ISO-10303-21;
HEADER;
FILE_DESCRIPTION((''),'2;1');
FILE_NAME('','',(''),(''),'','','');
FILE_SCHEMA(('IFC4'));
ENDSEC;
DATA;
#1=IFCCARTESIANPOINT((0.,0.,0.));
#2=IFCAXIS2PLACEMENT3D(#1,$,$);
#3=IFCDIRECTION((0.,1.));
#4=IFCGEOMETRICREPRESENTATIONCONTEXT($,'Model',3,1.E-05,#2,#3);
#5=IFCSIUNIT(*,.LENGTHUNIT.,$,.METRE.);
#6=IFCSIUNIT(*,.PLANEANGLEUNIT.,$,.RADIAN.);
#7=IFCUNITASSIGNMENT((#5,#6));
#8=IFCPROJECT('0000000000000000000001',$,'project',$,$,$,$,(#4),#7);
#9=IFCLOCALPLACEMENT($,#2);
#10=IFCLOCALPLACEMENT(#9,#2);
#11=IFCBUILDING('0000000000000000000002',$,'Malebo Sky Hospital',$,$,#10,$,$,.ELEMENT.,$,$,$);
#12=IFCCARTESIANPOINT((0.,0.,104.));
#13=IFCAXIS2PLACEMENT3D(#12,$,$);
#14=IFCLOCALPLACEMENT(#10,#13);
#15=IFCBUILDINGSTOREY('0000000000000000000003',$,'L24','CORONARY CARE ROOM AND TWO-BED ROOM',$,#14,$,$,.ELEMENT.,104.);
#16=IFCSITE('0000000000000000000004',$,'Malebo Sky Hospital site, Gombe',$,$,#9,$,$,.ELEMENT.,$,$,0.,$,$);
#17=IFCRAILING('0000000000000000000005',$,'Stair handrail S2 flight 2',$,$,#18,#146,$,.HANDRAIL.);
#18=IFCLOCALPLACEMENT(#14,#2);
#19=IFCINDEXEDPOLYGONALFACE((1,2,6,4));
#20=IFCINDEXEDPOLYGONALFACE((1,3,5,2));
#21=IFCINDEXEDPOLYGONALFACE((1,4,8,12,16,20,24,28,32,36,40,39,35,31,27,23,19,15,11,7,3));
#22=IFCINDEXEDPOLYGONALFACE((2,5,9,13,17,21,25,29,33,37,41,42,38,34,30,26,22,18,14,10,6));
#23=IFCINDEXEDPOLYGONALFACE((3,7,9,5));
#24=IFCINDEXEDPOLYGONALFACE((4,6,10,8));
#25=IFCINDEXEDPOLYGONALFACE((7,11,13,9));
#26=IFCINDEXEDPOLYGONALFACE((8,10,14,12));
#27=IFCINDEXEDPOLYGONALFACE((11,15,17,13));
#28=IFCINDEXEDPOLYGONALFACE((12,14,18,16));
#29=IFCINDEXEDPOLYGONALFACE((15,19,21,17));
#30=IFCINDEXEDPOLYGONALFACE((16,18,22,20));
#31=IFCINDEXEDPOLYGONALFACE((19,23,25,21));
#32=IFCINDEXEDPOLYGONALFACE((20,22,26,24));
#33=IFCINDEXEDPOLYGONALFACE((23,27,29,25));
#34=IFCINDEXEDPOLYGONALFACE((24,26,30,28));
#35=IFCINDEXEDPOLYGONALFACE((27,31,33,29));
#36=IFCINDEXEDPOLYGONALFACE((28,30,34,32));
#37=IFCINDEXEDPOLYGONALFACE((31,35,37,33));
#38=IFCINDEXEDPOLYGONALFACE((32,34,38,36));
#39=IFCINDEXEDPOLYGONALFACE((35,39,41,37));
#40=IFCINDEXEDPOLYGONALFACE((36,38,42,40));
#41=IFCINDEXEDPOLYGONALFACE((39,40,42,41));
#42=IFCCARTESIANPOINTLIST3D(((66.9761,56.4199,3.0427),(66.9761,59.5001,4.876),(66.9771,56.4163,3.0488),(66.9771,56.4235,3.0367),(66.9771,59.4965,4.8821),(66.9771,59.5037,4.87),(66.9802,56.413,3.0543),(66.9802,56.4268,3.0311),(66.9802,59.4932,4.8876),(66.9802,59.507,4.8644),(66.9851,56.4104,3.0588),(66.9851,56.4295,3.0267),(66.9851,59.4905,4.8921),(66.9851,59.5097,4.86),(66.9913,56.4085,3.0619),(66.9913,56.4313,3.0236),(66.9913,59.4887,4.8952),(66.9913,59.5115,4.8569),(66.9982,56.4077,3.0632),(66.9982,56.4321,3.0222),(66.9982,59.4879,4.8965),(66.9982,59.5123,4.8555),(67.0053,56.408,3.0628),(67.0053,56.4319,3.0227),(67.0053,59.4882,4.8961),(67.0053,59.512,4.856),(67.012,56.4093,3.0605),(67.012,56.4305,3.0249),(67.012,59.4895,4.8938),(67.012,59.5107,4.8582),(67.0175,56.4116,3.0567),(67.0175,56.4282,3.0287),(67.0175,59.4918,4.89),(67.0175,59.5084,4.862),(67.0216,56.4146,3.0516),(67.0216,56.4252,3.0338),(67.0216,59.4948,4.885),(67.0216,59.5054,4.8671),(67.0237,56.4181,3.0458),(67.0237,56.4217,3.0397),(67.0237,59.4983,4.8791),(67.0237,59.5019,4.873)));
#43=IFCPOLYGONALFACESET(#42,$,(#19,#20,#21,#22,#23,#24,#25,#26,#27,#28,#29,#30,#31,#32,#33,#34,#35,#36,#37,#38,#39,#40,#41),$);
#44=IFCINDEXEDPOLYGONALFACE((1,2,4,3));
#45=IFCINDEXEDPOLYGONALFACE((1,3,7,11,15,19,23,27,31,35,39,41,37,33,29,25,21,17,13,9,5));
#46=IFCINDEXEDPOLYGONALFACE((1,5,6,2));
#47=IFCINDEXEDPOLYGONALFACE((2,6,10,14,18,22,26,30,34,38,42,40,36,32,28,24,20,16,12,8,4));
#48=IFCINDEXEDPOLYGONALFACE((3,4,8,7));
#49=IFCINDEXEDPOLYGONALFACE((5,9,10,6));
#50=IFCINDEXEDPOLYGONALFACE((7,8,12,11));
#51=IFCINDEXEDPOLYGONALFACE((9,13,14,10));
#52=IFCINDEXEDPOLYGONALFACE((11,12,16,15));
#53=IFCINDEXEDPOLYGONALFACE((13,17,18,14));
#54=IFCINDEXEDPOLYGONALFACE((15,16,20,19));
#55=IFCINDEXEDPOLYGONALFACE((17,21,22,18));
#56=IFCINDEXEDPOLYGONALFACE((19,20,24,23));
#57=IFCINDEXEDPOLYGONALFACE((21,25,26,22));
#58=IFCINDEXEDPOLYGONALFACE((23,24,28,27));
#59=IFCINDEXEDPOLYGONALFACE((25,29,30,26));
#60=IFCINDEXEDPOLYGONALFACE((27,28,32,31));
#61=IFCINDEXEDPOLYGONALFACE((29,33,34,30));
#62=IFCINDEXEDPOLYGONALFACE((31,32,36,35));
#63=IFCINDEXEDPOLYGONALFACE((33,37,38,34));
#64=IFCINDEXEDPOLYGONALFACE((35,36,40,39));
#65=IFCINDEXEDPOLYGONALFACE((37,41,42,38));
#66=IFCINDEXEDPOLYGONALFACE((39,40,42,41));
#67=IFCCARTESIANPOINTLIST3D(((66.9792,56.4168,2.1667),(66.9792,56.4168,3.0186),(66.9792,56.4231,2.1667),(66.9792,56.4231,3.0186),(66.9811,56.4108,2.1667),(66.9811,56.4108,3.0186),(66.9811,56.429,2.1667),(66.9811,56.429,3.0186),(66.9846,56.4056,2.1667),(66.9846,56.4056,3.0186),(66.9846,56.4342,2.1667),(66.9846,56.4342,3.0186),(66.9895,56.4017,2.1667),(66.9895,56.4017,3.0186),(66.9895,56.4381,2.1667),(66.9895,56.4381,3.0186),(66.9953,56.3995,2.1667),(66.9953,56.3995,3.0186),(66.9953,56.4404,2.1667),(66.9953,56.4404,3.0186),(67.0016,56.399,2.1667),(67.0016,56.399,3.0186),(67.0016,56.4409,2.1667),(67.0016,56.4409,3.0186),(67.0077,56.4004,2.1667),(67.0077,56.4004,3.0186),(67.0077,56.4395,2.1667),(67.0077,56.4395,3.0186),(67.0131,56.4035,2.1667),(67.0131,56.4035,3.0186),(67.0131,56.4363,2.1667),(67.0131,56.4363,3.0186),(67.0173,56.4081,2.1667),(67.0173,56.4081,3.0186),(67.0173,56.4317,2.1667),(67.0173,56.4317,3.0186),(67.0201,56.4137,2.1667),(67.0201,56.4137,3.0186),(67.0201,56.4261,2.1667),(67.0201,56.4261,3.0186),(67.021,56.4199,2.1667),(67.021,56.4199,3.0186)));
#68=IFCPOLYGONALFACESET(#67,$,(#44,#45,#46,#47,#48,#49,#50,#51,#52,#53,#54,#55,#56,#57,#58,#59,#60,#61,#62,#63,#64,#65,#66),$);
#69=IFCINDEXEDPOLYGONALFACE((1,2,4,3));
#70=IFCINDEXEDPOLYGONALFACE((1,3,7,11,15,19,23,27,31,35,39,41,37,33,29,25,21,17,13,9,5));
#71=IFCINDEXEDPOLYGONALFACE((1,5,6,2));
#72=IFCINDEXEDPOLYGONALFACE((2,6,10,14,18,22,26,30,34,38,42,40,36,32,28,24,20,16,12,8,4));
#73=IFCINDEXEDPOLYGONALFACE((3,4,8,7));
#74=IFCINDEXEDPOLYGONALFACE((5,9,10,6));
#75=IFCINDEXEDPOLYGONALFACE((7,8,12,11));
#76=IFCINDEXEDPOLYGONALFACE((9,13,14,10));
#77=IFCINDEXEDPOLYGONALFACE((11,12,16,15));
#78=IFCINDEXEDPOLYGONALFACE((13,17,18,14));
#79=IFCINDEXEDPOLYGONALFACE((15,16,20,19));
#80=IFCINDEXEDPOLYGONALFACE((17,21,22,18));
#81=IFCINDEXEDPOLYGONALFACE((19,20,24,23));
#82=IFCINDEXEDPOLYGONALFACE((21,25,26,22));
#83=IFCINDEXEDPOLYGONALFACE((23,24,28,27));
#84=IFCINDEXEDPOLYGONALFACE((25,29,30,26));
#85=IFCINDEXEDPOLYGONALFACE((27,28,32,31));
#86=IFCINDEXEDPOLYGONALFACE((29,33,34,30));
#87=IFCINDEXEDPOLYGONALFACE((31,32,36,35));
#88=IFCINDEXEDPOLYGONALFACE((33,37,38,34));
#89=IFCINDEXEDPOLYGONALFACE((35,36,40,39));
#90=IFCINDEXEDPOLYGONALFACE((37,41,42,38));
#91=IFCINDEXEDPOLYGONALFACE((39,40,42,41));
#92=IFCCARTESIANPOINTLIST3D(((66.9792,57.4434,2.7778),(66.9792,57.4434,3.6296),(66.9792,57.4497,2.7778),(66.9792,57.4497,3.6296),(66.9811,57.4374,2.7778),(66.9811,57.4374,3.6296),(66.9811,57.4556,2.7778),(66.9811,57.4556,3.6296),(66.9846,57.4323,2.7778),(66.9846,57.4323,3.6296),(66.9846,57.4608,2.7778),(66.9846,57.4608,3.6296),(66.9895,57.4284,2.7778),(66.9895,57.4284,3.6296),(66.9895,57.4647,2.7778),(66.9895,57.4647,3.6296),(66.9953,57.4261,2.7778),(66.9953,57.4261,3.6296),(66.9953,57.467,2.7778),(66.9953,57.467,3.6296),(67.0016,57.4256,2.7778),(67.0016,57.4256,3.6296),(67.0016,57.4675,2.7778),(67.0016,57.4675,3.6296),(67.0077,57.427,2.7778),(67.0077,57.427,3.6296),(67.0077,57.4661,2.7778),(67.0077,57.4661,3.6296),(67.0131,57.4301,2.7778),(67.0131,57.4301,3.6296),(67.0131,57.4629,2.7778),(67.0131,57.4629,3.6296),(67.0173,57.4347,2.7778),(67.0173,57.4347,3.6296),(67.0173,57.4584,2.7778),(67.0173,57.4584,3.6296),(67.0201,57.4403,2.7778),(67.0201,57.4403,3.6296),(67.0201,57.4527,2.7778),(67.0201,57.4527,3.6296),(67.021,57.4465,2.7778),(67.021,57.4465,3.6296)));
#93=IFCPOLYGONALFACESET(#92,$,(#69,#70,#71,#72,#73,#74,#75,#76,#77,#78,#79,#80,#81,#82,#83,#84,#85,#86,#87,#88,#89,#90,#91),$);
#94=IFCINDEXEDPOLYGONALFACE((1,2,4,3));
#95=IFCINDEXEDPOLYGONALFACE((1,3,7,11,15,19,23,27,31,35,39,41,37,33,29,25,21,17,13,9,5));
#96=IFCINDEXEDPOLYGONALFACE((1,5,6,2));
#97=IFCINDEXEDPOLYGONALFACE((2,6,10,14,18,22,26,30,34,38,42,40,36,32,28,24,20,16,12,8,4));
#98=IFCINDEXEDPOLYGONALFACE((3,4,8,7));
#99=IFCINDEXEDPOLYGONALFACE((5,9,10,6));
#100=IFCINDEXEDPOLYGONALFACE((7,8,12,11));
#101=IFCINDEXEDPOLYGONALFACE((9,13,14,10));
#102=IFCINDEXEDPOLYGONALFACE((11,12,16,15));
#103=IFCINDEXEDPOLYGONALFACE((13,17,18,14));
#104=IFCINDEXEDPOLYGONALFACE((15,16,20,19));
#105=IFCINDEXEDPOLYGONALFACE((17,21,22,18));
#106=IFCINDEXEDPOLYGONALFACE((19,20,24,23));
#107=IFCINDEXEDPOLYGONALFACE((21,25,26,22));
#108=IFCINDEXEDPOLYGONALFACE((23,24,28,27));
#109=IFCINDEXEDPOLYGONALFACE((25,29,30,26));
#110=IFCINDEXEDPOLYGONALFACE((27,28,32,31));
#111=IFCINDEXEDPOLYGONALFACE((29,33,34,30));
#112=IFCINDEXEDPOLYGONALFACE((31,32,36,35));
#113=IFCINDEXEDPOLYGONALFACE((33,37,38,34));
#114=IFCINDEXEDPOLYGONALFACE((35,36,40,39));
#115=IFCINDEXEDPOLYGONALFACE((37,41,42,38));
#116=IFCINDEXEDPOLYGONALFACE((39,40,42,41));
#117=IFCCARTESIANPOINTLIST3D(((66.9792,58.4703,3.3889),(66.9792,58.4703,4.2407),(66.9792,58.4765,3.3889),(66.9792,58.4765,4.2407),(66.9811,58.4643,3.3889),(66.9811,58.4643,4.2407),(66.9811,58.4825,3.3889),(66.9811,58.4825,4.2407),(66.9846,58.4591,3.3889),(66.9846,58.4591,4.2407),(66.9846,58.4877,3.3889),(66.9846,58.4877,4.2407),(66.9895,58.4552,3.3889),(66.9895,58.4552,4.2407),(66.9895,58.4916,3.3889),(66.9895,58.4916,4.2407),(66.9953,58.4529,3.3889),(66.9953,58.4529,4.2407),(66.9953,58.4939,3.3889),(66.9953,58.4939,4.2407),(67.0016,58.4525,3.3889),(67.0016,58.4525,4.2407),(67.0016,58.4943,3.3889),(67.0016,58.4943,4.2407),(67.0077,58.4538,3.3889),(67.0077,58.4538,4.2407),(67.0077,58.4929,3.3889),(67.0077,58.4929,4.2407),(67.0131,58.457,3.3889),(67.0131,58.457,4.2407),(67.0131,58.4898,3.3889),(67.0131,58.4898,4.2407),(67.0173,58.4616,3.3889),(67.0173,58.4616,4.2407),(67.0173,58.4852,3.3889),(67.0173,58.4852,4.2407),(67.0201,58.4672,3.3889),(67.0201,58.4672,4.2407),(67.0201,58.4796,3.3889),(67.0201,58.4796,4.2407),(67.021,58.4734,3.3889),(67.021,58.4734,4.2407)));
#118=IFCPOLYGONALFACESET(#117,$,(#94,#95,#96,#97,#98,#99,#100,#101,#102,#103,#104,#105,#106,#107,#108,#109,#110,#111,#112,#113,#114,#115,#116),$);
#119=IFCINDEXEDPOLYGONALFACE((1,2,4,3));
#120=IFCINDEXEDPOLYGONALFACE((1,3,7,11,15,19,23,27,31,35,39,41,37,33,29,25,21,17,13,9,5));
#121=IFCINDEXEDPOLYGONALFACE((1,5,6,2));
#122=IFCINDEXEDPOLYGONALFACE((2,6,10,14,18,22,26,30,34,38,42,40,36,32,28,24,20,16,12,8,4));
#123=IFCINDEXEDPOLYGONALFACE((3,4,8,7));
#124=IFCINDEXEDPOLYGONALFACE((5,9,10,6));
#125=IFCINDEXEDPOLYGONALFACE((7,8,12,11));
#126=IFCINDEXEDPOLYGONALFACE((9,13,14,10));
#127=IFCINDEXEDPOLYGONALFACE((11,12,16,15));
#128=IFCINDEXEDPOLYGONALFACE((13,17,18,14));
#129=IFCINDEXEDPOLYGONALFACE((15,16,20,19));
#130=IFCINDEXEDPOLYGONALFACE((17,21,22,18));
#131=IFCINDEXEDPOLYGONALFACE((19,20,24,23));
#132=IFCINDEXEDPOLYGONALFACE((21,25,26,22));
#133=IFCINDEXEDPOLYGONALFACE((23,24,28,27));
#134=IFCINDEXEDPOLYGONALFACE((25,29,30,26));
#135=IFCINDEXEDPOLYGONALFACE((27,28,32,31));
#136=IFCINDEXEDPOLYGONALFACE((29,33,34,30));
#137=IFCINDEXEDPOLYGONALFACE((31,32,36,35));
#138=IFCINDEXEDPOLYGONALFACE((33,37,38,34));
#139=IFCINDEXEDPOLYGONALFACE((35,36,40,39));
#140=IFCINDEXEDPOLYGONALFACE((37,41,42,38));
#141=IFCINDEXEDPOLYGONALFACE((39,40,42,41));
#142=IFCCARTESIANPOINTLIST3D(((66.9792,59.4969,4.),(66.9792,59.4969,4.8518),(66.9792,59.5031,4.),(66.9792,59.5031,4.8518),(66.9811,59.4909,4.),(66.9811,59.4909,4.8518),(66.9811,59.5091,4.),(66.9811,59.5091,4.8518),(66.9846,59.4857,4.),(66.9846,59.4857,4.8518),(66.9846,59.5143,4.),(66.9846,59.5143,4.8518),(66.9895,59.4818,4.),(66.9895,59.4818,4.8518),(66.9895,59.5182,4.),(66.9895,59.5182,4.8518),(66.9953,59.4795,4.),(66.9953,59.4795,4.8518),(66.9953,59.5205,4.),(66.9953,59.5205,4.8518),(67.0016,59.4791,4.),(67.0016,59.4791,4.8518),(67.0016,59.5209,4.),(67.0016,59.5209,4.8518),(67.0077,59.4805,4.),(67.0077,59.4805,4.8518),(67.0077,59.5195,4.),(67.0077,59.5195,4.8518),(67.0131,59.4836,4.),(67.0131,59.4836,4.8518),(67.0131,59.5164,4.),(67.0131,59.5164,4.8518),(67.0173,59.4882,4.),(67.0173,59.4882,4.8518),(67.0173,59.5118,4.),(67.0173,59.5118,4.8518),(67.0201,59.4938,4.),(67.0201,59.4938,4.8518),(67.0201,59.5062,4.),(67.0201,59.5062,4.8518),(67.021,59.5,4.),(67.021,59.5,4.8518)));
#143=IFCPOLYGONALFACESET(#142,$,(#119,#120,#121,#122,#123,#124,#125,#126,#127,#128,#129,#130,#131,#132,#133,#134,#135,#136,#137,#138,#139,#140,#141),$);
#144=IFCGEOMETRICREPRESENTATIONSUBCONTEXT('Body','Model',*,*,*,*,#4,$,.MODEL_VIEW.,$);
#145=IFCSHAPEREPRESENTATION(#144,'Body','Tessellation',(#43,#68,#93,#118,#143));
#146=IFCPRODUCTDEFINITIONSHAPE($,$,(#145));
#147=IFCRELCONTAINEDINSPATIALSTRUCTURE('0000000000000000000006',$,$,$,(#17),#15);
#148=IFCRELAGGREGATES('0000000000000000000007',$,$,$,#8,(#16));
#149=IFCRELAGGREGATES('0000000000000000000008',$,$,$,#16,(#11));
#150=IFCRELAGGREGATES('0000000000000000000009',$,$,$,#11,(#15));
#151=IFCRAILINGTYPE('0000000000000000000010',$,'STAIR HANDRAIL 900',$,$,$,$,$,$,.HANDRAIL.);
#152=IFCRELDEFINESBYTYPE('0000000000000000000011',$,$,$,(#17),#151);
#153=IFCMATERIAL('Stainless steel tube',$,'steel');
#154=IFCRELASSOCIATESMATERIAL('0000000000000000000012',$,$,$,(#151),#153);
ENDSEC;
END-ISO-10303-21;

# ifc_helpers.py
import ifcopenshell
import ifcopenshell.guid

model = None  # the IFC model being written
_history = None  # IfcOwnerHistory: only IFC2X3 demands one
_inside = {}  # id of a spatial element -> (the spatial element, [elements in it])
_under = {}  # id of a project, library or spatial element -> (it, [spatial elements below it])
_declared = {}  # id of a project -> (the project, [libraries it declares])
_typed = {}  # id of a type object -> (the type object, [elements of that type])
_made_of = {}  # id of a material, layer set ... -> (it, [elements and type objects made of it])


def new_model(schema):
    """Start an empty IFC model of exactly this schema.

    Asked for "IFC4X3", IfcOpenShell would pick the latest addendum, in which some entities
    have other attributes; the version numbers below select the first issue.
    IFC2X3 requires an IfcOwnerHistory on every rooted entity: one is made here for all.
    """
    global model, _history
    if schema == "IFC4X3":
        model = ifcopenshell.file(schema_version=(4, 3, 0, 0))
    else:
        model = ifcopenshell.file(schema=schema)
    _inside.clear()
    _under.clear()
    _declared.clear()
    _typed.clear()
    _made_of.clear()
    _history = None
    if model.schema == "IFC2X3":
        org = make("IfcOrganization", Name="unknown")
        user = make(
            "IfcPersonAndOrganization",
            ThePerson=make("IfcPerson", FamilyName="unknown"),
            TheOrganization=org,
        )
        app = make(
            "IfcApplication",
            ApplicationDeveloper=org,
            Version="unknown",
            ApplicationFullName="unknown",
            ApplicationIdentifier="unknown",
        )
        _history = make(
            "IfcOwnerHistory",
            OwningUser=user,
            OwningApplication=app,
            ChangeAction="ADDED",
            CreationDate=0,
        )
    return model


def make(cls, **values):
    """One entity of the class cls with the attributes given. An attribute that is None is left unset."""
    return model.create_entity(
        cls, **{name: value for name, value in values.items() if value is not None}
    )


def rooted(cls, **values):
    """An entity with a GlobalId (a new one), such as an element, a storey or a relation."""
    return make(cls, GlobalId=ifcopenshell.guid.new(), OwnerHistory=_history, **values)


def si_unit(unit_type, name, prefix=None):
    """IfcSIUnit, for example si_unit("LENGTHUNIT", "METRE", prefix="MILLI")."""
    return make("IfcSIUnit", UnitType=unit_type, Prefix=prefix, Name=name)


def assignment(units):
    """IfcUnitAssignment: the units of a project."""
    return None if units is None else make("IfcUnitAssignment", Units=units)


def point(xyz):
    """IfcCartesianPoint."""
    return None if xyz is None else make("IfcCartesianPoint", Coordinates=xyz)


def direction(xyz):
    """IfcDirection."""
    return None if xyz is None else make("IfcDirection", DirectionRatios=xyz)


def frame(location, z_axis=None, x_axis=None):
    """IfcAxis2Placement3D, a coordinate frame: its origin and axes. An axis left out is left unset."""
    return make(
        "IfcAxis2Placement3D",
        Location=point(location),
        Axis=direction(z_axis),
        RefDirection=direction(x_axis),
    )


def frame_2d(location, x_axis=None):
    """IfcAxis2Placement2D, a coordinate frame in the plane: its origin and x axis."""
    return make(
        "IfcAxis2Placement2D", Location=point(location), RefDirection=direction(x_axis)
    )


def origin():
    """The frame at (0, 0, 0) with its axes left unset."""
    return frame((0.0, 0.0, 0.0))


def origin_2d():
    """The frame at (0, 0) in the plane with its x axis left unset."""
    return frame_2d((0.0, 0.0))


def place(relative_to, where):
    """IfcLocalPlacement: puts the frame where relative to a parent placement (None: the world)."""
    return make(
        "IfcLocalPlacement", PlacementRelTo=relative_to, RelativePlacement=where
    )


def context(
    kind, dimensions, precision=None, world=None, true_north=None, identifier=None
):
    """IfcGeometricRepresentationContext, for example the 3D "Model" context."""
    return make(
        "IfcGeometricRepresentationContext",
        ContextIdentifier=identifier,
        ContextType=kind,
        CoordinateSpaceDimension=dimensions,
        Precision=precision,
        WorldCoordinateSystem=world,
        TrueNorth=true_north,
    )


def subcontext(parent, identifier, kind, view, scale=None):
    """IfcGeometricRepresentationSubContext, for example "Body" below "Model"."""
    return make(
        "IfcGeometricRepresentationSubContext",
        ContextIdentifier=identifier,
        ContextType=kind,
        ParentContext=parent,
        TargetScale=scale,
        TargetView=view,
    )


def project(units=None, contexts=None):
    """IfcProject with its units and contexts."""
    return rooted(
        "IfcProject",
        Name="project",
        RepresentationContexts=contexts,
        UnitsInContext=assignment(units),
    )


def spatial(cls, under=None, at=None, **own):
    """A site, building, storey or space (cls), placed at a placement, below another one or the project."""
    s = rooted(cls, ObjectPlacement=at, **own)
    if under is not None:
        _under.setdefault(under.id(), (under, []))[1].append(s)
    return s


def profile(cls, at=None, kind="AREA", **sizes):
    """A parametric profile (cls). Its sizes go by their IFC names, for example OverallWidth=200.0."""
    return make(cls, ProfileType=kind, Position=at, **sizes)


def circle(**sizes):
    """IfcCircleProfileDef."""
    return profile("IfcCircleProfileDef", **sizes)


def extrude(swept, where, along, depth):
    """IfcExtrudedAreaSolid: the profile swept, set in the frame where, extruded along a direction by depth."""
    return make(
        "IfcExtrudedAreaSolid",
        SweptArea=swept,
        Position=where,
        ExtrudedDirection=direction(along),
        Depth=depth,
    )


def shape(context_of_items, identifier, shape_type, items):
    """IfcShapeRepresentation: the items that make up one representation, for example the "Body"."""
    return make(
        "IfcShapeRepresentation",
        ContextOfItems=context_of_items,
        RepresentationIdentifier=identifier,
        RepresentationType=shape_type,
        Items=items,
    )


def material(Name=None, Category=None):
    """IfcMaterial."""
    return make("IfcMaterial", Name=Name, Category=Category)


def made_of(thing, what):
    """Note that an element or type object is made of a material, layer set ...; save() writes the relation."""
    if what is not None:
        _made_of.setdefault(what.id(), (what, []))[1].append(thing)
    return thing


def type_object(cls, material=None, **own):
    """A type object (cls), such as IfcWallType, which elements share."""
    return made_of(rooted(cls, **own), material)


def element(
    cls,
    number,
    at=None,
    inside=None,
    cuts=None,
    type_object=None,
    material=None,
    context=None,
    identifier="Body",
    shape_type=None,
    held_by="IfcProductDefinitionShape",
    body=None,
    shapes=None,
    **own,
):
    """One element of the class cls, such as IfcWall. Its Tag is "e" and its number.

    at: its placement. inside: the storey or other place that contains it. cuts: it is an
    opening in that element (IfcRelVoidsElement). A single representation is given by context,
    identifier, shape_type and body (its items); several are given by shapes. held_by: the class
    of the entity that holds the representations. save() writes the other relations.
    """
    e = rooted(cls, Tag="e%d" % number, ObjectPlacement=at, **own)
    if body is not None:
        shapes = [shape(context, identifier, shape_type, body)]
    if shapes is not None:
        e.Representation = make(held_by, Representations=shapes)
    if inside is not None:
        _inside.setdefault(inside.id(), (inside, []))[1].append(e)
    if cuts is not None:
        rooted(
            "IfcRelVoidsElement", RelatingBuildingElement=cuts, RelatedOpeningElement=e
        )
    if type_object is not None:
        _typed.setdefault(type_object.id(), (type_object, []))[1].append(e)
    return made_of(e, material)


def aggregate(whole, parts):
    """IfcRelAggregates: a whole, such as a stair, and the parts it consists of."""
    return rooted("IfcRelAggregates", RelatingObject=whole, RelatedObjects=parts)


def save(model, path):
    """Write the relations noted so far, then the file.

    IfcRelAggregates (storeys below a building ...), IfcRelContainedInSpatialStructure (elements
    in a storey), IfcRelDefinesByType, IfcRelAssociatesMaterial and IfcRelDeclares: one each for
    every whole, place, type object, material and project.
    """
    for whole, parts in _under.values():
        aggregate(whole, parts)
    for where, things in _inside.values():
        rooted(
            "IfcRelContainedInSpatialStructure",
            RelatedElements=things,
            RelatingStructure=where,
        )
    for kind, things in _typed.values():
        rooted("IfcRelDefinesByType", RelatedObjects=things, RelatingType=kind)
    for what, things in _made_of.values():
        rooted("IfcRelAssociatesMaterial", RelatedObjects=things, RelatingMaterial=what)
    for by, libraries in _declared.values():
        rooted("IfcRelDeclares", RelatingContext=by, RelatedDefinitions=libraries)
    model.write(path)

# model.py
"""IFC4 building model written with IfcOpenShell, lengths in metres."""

from ifc_helpers import new_model, si_unit, direction, frame, origin, origin_2d, place, context, subcontext, project, spatial, circle, extrude, material, type_object, element, save


model = new_model("IFC4")

# Units and contexts
model_context = context("Model", 3, precision=1e-05, world=origin(), true_north=direction((0.0, 1.0)))
body_context = subcontext(model_context, "Body", "Model", "MODEL_VIEW")
ifc_project = project(units=[si_unit("LENGTHUNIT", "METRE"), si_unit("PLANEANGLEUNIT", "RADIAN")], contexts=[model_context])

# Site, building, storey
site_placement = place(None, origin())
site = spatial("IfcSite", under=ifc_project, at=site_placement, Name="Malebo Sky Hospital site, Gombe", CompositionType="ELEMENT", RefElevation=0.0)
building_placement = place(site_placement, origin())
building = spatial("IfcBuilding", under=site, at=building_placement, Name="Malebo Sky Hospital", CompositionType="ELEMENT")
storey_placement = place(building_placement, frame((0.0, 0.0, 104.0)))
storey = spatial("IfcBuildingStorey", under=building, at=storey_placement, Name="L24", Description="CORONARY CARE ROOM AND TWO-BED ROOM", CompositionType="ELEMENT", Elevation=104.0)

# Railing
ifc_material_1 = material(Name="Stainless steel tube", Category="steel")
railing_type = type_object("IfcRailingType", Name="STAIR HANDRAIL 900", PredefinedType="HANDRAIL", material=ifc_material_1)
railing_1_placement = place(storey_placement, frame((67.0, 56.4199, 2.1667)))
element("IfcRailing", 1, at=railing_1_placement, inside=storey, type_object=railing_type, Name="Stair handrail S2 flight 2", PredefinedType="HANDRAIL", context=body_context, shape_type="SweptSolid", body=[
    extrude(circle(Radius=0.0239, at=origin_2d()), frame((0.0, 0.0, 0.876), z_axis=(0.0, 0.859309, 0.511458), x_axis=(-1.0, 0.0, 0.0)), (0.0, 0.0, 1.0), 3.5845),
    extrude(circle(Radius=0.021, at=origin_2d()), origin(), (0.0, 0.0, 1.0), 0.8518),
    extrude(circle(Radius=0.021, at=origin_2d()), frame((0.0, 1.0266, 0.6111)), (0.0, 0.0, 1.0), 0.8518),
    extrude(circle(Radius=0.021, at=origin_2d()), frame((0.0, 2.0535, 1.2222)), (0.0, 0.0, 1.0), 0.8518),
    extrude(circle(Radius=0.021, at=origin_2d()), frame((0.0, 3.0801, 1.8333)), (0.0, 0.0, 1.0), 0.8518),
])

save(model, "model.ifc")
